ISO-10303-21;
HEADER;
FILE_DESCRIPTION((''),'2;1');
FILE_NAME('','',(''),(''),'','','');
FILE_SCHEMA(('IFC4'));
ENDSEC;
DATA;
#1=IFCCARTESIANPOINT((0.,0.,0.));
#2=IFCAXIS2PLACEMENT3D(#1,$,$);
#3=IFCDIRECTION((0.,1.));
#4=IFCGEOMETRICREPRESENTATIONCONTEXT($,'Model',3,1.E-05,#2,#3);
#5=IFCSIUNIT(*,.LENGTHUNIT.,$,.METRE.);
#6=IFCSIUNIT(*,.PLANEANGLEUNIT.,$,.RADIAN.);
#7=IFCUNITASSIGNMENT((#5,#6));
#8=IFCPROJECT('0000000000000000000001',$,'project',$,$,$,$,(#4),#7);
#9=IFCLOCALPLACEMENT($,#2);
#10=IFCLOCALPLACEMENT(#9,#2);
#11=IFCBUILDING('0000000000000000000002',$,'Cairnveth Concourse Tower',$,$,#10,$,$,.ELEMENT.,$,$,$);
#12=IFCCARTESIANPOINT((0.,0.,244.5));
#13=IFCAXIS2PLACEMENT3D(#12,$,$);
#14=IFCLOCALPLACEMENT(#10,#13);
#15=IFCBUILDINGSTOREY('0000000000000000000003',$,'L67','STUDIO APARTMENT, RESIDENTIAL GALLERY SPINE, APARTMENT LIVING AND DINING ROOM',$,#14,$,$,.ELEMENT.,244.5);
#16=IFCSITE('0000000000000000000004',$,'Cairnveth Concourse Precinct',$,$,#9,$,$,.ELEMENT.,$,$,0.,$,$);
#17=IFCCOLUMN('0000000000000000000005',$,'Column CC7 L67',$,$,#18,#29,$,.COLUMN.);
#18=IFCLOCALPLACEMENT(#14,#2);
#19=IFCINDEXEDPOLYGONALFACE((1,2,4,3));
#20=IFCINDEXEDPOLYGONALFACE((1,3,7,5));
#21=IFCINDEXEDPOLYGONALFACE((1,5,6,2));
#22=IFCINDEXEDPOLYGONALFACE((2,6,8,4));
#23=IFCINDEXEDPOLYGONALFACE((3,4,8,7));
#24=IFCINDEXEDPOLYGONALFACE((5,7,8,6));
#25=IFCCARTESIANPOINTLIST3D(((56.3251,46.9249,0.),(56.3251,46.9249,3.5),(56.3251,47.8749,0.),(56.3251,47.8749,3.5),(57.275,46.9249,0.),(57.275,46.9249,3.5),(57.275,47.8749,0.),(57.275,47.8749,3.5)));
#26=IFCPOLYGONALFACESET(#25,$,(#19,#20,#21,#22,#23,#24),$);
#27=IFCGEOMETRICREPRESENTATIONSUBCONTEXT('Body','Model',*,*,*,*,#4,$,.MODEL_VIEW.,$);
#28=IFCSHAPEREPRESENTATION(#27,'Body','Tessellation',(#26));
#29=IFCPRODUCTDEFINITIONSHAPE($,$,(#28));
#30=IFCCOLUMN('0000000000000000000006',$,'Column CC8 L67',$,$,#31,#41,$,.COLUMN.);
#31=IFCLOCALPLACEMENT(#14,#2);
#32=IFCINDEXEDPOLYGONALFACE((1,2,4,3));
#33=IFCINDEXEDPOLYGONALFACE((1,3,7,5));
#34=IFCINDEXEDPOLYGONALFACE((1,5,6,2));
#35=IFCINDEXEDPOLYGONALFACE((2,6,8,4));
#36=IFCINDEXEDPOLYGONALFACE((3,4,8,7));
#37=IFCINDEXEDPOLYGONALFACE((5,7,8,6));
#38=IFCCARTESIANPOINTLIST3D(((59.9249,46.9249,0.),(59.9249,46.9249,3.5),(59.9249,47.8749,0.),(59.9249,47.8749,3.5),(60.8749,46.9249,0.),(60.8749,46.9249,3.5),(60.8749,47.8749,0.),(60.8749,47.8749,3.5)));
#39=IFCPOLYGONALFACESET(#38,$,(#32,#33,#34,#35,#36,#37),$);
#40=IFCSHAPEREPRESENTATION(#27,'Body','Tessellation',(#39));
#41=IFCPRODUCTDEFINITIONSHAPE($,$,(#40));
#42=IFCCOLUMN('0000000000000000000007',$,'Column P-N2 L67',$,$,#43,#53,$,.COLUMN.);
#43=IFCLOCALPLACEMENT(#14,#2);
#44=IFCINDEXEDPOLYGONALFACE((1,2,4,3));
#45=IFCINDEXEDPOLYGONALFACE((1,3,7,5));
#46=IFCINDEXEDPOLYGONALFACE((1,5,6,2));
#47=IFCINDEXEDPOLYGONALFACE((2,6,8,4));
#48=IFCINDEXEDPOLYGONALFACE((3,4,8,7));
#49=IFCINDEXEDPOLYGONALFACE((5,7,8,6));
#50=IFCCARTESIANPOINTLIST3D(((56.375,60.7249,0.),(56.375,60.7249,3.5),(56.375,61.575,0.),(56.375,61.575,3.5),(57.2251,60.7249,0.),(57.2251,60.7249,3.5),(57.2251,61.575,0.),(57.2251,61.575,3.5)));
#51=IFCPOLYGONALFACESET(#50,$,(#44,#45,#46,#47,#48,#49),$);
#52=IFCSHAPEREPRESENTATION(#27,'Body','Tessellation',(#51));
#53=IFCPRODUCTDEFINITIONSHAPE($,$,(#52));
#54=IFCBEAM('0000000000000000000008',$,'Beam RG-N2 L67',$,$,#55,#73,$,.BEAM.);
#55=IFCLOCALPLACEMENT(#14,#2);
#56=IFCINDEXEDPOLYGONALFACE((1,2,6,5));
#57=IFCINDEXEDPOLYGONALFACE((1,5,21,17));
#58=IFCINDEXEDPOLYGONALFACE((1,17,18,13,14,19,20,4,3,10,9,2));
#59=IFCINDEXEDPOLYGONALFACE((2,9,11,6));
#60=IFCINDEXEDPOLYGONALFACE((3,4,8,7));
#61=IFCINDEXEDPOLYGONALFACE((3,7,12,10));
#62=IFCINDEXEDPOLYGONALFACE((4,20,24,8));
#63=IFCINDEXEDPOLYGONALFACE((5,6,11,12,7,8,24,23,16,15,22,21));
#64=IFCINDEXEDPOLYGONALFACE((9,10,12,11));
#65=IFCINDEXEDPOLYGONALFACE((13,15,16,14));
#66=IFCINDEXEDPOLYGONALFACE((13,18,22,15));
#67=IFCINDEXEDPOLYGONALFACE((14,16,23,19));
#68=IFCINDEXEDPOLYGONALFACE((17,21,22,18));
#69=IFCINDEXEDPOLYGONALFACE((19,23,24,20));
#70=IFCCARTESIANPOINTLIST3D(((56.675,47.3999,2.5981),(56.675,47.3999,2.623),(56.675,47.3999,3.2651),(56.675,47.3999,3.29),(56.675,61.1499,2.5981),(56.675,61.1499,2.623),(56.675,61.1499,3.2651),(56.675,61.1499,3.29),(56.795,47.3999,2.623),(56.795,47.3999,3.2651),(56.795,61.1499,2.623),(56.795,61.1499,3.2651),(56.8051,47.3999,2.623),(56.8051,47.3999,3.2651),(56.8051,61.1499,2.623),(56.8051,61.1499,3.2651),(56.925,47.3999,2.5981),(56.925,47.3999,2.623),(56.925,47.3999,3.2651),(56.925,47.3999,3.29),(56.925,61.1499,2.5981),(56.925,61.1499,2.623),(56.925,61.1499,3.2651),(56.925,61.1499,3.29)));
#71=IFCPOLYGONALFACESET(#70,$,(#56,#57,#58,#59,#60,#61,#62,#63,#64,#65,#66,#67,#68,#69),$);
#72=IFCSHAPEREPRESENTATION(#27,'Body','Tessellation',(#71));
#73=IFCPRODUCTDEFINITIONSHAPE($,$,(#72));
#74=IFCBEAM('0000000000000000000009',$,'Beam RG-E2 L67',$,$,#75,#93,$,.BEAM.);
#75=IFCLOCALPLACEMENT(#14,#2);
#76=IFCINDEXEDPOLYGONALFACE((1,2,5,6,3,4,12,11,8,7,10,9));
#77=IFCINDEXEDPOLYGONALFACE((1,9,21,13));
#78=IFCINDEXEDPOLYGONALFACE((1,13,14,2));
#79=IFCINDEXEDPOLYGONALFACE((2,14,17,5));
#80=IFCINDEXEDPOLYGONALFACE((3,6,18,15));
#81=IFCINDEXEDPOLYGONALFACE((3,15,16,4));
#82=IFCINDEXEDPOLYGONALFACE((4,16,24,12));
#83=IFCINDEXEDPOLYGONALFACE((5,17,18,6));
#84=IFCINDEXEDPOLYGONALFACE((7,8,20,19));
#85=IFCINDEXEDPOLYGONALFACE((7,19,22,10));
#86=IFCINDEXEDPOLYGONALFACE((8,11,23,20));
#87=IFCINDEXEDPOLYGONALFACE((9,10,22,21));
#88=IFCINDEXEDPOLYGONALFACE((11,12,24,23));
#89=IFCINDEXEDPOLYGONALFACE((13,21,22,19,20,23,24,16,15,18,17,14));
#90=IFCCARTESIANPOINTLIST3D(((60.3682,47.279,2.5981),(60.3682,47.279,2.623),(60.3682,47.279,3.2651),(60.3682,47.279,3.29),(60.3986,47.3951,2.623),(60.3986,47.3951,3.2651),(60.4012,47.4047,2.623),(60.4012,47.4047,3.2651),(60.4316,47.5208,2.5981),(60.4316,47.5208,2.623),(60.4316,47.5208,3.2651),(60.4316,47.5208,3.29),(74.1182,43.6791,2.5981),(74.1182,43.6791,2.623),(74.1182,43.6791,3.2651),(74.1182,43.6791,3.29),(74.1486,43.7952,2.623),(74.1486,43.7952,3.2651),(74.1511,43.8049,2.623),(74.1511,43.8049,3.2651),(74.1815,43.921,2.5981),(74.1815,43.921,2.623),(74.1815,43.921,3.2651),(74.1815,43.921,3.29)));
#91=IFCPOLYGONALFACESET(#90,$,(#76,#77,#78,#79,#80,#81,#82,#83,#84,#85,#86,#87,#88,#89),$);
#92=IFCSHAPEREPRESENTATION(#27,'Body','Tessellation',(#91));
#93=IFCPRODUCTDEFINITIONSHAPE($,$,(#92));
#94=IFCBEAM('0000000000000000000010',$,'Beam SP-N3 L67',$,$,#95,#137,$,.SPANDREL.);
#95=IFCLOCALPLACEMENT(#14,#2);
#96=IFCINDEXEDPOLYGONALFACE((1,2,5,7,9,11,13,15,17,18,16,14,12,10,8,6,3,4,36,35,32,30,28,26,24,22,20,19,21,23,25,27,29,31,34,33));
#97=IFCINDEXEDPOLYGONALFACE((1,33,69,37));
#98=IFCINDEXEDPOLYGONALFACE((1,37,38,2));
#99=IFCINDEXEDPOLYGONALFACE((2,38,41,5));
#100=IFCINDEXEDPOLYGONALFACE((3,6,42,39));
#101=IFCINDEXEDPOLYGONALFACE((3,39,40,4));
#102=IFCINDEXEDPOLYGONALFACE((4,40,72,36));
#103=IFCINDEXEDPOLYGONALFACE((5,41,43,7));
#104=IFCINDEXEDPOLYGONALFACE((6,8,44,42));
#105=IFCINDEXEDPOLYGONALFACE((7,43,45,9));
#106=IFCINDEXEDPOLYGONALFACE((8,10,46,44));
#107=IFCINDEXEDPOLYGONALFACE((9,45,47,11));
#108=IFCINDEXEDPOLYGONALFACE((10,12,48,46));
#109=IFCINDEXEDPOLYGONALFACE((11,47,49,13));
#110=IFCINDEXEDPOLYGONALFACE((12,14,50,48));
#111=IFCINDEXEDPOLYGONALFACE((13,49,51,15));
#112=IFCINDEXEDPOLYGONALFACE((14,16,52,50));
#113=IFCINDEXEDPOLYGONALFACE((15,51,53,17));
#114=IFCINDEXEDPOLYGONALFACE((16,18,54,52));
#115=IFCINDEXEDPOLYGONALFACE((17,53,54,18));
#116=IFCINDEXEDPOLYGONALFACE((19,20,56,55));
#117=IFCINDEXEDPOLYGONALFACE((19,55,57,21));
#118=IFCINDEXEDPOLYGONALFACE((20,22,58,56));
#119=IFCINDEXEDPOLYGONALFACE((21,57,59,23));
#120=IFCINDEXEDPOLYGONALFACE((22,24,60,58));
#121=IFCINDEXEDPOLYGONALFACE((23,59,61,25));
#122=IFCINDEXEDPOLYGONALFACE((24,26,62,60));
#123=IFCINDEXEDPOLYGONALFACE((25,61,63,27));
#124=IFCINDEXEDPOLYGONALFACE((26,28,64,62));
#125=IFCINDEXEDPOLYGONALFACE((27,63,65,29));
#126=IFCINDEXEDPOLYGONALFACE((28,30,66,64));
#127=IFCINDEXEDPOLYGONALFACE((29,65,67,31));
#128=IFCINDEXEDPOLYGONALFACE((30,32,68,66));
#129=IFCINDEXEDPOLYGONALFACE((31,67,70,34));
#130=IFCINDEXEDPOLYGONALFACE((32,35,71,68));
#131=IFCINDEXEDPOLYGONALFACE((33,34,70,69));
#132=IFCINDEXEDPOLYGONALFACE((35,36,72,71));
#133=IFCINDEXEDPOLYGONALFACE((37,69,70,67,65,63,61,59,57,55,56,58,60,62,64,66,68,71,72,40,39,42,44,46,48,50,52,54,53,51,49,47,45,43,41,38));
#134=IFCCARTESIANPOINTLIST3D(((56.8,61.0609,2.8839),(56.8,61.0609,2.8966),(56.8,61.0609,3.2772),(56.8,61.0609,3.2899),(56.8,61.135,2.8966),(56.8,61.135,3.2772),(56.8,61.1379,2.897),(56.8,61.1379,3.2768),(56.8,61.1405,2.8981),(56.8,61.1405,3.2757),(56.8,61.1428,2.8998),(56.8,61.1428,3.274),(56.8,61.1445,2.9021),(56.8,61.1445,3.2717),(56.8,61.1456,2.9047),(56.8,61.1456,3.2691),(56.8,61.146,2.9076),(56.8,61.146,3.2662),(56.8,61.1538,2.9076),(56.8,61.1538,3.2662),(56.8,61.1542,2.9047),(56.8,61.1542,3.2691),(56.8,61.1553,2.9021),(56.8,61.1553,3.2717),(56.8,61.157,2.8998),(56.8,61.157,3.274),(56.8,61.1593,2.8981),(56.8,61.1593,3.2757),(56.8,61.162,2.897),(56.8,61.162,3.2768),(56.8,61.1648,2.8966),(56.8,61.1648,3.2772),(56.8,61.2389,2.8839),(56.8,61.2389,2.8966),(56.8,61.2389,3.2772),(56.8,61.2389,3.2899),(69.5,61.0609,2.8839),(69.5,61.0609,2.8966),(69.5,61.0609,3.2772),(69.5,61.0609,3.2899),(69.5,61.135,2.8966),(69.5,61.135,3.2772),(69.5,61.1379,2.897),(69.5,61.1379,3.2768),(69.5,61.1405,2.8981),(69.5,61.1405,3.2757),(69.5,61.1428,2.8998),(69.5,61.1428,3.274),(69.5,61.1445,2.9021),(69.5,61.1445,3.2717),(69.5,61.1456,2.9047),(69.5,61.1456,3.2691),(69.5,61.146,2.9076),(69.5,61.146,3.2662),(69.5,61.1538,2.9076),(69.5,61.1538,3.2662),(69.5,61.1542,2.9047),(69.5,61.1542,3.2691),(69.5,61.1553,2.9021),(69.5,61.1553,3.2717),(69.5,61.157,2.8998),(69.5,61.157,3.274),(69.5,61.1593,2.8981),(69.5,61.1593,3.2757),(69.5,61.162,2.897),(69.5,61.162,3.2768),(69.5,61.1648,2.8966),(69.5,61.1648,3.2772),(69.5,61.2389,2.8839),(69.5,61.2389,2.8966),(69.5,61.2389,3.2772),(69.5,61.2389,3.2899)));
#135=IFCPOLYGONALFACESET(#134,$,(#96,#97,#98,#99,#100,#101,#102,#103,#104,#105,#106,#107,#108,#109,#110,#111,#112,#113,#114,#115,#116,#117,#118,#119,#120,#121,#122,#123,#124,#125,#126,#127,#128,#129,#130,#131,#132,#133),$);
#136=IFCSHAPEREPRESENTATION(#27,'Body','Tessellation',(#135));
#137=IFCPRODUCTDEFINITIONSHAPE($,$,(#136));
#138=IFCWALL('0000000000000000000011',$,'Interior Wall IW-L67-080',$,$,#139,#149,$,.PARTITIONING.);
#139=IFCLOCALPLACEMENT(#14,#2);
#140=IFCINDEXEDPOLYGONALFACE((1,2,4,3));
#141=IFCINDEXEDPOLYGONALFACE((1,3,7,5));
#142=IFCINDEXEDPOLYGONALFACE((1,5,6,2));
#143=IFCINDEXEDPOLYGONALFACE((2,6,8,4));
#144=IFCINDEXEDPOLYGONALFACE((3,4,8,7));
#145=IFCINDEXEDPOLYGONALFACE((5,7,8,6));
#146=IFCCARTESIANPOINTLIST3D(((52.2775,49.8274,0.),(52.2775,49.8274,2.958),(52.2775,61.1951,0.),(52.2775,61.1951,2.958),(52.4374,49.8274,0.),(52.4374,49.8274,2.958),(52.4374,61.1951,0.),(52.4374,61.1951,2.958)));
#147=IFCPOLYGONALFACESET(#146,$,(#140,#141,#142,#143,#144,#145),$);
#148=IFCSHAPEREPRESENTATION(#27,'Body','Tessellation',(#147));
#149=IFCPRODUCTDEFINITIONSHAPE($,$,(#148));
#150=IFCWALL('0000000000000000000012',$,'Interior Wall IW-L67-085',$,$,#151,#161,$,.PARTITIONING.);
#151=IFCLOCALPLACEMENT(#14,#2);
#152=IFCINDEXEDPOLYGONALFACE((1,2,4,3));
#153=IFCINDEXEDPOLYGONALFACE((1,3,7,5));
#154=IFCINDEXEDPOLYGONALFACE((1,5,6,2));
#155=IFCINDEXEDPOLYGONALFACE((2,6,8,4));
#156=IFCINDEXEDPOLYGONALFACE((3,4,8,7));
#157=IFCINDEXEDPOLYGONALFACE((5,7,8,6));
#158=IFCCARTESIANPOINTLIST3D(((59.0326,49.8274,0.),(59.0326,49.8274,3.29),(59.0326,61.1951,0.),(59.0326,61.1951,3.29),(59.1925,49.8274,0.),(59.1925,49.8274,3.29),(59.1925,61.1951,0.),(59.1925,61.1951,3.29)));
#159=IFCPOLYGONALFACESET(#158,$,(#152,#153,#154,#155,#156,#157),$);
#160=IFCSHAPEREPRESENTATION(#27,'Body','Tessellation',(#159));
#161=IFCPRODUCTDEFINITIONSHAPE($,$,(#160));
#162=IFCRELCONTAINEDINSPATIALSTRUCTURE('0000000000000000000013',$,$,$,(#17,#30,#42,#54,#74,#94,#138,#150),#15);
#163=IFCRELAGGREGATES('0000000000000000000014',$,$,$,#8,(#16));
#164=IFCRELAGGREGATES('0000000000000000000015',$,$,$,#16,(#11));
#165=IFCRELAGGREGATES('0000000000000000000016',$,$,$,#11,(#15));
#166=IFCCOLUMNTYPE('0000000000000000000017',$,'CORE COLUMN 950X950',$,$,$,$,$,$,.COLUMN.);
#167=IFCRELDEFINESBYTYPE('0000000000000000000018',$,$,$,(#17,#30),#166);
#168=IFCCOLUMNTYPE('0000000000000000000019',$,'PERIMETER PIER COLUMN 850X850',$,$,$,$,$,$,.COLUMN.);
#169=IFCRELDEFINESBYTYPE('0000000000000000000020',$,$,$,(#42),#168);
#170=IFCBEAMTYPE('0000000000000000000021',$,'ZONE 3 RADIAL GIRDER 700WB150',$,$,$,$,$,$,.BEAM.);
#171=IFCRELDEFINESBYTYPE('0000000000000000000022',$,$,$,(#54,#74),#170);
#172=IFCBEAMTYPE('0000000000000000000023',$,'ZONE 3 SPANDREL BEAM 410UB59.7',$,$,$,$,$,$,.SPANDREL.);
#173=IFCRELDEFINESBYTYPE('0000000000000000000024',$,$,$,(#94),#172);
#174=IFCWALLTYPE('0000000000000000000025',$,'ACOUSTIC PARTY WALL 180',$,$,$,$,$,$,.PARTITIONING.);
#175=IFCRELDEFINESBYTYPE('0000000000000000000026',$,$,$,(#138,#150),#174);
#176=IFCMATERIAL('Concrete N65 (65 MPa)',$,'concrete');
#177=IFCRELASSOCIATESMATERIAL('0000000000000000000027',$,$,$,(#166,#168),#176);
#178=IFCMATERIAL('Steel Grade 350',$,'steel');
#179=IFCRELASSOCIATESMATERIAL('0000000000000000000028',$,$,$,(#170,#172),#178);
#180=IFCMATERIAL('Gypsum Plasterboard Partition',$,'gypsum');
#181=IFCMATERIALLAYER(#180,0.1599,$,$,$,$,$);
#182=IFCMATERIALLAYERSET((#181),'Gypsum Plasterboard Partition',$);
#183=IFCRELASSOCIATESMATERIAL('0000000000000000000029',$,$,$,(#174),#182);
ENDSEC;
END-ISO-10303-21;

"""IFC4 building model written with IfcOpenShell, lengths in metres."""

from ifc_helpers import new_model, si_unit, direction, frame, frame_2d, origin, origin_2d, place, context, subcontext, project, spatial, rectangle, i_section, extrude, material, layer, layer_set, material_profile, profile_set, type_object, element, save


model = new_model("IFC4")

# Units and contexts
model_context = context("Model", 3, precision=1e-05, world=origin(), true_north=direction((0.0, 1.0)))
body_context = subcontext(model_context, "Body", "Model", "MODEL_VIEW")
ifc_project = project(units=[si_unit("LENGTHUNIT", "METRE"), si_unit("PLANEANGLEUNIT", "RADIAN")], contexts=[model_context])

# Site, building, storey
site_placement = place(None, origin())
site = spatial("IfcSite", under=ifc_project, at=site_placement, Name="Cairnveth Concourse Precinct", CompositionType="ELEMENT", RefElevation=0.0)
building_placement = place(site_placement, origin())
building = spatial("IfcBuilding", under=site, at=building_placement, Name="Cairnveth Concourse Tower", CompositionType="ELEMENT")
storey_placement = place(building_placement, frame((0.0, 0.0, 244.5)))
storey = spatial("IfcBuildingStorey", under=building, at=storey_placement, Name="L67", Description="STUDIO APARTMENT, RESIDENTIAL GALLERY SPINE, APARTMENT LIVING AND DINING ROOM", CompositionType="ELEMENT", Elevation=244.5)

# Columns
ifc_material_1 = material(Name="Concrete N65 (65 MPa)", Category="concrete")
ifc_material_profile_1 = material_profile(ifc_material_1, rectangle(XDim=0.95, YDim=0.95, at=origin_2d()), Name="RC-COL-950x950")
ifc_profile_set_1 = profile_set([ifc_material_profile_1], Name="Concrete N65 (65 MPa)")
column_type_1 = type_object("IfcColumnType", Name="CORE COLUMN 950X950", PredefinedType="COLUMN", material=ifc_profile_set_1)
for number, where, z_axis, x_axis, name in (
    (1, (56.8, 47.3999, 0.0), (0.0, 0.0, 1.0), (1.0, 0.0, 0.0), "Column CC7 L67"),
    (2, (60.3999, 47.3999, 0.0), (0.0, 0.0, 1.0), (1.0, 0.0, 0.0), "Column CC8 L67"),
):
    element("IfcColumn", number, at=place(storey_placement, frame(where, z_axis=z_axis, x_axis=x_axis)), inside=storey, type_object=column_type_1, Name=name, PredefinedType="COLUMN", context=body_context, shape_type="SweptSolid", body=[
        extrude(rectangle(XDim=0.95, YDim=0.95, at=origin_2d()), origin(), (0.0, 0.0, 1.0), 3.5),
    ])
ifc_material_profile_2 = material_profile(ifc_material_1, rectangle(XDim=0.8501, YDim=0.8501, at=origin_2d()), Name="RC-COL-850x850")
ifc_profile_set_2 = profile_set([ifc_material_profile_2], Name="Concrete N65 (65 MPa)")
column_type_2 = type_object("IfcColumnType", Name="PERIMETER PIER COLUMN 850X850", PredefinedType="COLUMN", material=ifc_profile_set_2)
column_placement = place(storey_placement, frame((56.8, 61.1499, 0.0), z_axis=(0.0, 0.0, 1.0), x_axis=(1.0, 0.0, 0.0)))
element("IfcColumn", 3, at=column_placement, inside=storey, type_object=column_type_2, Name="Column P-N2 L67", PredefinedType="COLUMN", context=body_context, shape_type="SweptSolid", body=[
    extrude(rectangle(XDim=0.8501, YDim=0.8501, at=origin_2d()), origin(), (0.0, 0.0, 1.0), 3.5),
])

# Beams
ifc_material_2 = material(Name="Steel Grade 350", Category="steel")
ifc_material_profile_3 = material_profile(ifc_material_2, i_section(OverallWidth=0.25, OverallDepth=0.6919, WebThickness=0.01, FlangeThickness=0.0249, at=origin_2d()), Name="700WB150")
ifc_profile_set_3 = profile_set([ifc_material_profile_3], Name="Steel Grade 350")
beam_type_1 = type_object("IfcBeamType", Name="ZONE 3 RADIAL GIRDER 700WB150", PredefinedType="BEAM", material=ifc_profile_set_3)
beam_1_placement = place(storey_placement, frame((56.8, 47.3999, 2.9441), z_axis=(0.0, 1.0, 0.0), x_axis=(-1.0, 0.0, 0.0)))
element("IfcBeam", 4, at=beam_1_placement, inside=storey, type_object=beam_type_1, Name="Beam RG-N2 L67", PredefinedType="BEAM", context=body_context, shape_type="SweptSolid", body=[
    extrude(i_section(OverallWidth=0.25, OverallDepth=0.6919, WebThickness=0.01, FlangeThickness=0.0249, at=origin_2d()), origin(), (0.0, 0.0, 1.0), 13.75),
])
beam_2_placement = place(storey_placement, frame((60.3999, 47.3999, 2.9441), z_axis=(0.967395, -0.253271, 0.0), x_axis=(0.253271, 0.967395, 0.0)))
element("IfcBeam", 5, at=beam_2_placement, inside=storey, type_object=beam_type_1, Name="Beam RG-E2 L67", PredefinedType="BEAM", context=body_context, shape_type="SweptSolid", body=[
    extrude(i_section(OverallWidth=0.25, OverallDepth=0.6919, WebThickness=0.01, FlangeThickness=0.0249, at=origin_2d()), origin(), (0.0, 0.0, 1.0), 14.2134),
])
ifc_material_profile_4 = material_profile(ifc_material_2, i_section(OverallWidth=0.178, OverallDepth=0.406, WebThickness=0.0078, FlangeThickness=0.0127, FilletRadius=0.011, at=origin_2d()), Name="410UB59.7")
ifc_profile_set_4 = profile_set([ifc_material_profile_4], Name="Steel Grade 350")
beam_type_2 = type_object("IfcBeamType", Name="ZONE 3 SPANDREL BEAM 410UB59.7", PredefinedType="SPANDREL", material=ifc_profile_set_4)
beam_3_placement = place(storey_placement, frame((56.8, 61.1499, 3.0869), z_axis=(1.0, 0.0, 0.0), x_axis=(0.0, 1.0, 0.0)))
element("IfcBeam", 6, at=beam_3_placement, inside=storey, type_object=beam_type_2, Name="Beam SP-N3 L67", PredefinedType="SPANDREL", context=body_context, shape_type="SweptSolid", body=[
    extrude(i_section(OverallWidth=0.178, OverallDepth=0.406, WebThickness=0.0078, FlangeThickness=0.0127, FilletRadius=0.011, at=origin_2d()), origin(), (0.0, 0.0, 1.0), 12.7),
])

# Walls
ifc_material_3 = material(Name="Gypsum Plasterboard Partition", Category="gypsum")
ifc_layer_1 = layer(ifc_material_3, 0.1599)
ifc_layer_set_1 = layer_set([ifc_layer_1], Name="Gypsum Plasterboard Partition")
wall_type_1 = type_object("IfcWallType", Name="ACOUSTIC PARTY WALL 180", PredefinedType="PARTITIONING", material=ifc_layer_set_1)
wall_1_placement = place(storey_placement, frame((52.3574, 49.8274, 0.0), z_axis=(0.0, 0.0, 1.0), x_axis=(0.0, 1.0, 0.0)))
element("IfcWall", 7, at=wall_1_placement, inside=storey, type_object=wall_type_1, Name="Interior Wall IW-L67-080", PredefinedType="PARTITIONING", context=body_context, shape_type="SweptSolid", body=[
    extrude(rectangle(XDim=11.3677, YDim=0.1599, at=frame_2d((5.6838, 0.0))), origin(), (0.0, 0.0, 1.0), 2.958),
])
wall_2_placement = place(storey_placement, frame((59.1125, 49.8274, 0.0), z_axis=(0.0, 0.0, 1.0), x_axis=(0.0, 1.0, 0.0)))
element("IfcWall", 8, at=wall_2_placement, inside=storey, type_object=wall_type_1, Name="Interior Wall IW-L67-085", PredefinedType="PARTITIONING", context=body_context, shape_type="SweptSolid", body=[
    extrude(rectangle(XDim=11.3677, YDim=0.1599, at=frame_2d((5.6838, 0.0))), origin(), (0.0, 0.0, 1.0), 3.29),
])

save(model, "model.ifc")
